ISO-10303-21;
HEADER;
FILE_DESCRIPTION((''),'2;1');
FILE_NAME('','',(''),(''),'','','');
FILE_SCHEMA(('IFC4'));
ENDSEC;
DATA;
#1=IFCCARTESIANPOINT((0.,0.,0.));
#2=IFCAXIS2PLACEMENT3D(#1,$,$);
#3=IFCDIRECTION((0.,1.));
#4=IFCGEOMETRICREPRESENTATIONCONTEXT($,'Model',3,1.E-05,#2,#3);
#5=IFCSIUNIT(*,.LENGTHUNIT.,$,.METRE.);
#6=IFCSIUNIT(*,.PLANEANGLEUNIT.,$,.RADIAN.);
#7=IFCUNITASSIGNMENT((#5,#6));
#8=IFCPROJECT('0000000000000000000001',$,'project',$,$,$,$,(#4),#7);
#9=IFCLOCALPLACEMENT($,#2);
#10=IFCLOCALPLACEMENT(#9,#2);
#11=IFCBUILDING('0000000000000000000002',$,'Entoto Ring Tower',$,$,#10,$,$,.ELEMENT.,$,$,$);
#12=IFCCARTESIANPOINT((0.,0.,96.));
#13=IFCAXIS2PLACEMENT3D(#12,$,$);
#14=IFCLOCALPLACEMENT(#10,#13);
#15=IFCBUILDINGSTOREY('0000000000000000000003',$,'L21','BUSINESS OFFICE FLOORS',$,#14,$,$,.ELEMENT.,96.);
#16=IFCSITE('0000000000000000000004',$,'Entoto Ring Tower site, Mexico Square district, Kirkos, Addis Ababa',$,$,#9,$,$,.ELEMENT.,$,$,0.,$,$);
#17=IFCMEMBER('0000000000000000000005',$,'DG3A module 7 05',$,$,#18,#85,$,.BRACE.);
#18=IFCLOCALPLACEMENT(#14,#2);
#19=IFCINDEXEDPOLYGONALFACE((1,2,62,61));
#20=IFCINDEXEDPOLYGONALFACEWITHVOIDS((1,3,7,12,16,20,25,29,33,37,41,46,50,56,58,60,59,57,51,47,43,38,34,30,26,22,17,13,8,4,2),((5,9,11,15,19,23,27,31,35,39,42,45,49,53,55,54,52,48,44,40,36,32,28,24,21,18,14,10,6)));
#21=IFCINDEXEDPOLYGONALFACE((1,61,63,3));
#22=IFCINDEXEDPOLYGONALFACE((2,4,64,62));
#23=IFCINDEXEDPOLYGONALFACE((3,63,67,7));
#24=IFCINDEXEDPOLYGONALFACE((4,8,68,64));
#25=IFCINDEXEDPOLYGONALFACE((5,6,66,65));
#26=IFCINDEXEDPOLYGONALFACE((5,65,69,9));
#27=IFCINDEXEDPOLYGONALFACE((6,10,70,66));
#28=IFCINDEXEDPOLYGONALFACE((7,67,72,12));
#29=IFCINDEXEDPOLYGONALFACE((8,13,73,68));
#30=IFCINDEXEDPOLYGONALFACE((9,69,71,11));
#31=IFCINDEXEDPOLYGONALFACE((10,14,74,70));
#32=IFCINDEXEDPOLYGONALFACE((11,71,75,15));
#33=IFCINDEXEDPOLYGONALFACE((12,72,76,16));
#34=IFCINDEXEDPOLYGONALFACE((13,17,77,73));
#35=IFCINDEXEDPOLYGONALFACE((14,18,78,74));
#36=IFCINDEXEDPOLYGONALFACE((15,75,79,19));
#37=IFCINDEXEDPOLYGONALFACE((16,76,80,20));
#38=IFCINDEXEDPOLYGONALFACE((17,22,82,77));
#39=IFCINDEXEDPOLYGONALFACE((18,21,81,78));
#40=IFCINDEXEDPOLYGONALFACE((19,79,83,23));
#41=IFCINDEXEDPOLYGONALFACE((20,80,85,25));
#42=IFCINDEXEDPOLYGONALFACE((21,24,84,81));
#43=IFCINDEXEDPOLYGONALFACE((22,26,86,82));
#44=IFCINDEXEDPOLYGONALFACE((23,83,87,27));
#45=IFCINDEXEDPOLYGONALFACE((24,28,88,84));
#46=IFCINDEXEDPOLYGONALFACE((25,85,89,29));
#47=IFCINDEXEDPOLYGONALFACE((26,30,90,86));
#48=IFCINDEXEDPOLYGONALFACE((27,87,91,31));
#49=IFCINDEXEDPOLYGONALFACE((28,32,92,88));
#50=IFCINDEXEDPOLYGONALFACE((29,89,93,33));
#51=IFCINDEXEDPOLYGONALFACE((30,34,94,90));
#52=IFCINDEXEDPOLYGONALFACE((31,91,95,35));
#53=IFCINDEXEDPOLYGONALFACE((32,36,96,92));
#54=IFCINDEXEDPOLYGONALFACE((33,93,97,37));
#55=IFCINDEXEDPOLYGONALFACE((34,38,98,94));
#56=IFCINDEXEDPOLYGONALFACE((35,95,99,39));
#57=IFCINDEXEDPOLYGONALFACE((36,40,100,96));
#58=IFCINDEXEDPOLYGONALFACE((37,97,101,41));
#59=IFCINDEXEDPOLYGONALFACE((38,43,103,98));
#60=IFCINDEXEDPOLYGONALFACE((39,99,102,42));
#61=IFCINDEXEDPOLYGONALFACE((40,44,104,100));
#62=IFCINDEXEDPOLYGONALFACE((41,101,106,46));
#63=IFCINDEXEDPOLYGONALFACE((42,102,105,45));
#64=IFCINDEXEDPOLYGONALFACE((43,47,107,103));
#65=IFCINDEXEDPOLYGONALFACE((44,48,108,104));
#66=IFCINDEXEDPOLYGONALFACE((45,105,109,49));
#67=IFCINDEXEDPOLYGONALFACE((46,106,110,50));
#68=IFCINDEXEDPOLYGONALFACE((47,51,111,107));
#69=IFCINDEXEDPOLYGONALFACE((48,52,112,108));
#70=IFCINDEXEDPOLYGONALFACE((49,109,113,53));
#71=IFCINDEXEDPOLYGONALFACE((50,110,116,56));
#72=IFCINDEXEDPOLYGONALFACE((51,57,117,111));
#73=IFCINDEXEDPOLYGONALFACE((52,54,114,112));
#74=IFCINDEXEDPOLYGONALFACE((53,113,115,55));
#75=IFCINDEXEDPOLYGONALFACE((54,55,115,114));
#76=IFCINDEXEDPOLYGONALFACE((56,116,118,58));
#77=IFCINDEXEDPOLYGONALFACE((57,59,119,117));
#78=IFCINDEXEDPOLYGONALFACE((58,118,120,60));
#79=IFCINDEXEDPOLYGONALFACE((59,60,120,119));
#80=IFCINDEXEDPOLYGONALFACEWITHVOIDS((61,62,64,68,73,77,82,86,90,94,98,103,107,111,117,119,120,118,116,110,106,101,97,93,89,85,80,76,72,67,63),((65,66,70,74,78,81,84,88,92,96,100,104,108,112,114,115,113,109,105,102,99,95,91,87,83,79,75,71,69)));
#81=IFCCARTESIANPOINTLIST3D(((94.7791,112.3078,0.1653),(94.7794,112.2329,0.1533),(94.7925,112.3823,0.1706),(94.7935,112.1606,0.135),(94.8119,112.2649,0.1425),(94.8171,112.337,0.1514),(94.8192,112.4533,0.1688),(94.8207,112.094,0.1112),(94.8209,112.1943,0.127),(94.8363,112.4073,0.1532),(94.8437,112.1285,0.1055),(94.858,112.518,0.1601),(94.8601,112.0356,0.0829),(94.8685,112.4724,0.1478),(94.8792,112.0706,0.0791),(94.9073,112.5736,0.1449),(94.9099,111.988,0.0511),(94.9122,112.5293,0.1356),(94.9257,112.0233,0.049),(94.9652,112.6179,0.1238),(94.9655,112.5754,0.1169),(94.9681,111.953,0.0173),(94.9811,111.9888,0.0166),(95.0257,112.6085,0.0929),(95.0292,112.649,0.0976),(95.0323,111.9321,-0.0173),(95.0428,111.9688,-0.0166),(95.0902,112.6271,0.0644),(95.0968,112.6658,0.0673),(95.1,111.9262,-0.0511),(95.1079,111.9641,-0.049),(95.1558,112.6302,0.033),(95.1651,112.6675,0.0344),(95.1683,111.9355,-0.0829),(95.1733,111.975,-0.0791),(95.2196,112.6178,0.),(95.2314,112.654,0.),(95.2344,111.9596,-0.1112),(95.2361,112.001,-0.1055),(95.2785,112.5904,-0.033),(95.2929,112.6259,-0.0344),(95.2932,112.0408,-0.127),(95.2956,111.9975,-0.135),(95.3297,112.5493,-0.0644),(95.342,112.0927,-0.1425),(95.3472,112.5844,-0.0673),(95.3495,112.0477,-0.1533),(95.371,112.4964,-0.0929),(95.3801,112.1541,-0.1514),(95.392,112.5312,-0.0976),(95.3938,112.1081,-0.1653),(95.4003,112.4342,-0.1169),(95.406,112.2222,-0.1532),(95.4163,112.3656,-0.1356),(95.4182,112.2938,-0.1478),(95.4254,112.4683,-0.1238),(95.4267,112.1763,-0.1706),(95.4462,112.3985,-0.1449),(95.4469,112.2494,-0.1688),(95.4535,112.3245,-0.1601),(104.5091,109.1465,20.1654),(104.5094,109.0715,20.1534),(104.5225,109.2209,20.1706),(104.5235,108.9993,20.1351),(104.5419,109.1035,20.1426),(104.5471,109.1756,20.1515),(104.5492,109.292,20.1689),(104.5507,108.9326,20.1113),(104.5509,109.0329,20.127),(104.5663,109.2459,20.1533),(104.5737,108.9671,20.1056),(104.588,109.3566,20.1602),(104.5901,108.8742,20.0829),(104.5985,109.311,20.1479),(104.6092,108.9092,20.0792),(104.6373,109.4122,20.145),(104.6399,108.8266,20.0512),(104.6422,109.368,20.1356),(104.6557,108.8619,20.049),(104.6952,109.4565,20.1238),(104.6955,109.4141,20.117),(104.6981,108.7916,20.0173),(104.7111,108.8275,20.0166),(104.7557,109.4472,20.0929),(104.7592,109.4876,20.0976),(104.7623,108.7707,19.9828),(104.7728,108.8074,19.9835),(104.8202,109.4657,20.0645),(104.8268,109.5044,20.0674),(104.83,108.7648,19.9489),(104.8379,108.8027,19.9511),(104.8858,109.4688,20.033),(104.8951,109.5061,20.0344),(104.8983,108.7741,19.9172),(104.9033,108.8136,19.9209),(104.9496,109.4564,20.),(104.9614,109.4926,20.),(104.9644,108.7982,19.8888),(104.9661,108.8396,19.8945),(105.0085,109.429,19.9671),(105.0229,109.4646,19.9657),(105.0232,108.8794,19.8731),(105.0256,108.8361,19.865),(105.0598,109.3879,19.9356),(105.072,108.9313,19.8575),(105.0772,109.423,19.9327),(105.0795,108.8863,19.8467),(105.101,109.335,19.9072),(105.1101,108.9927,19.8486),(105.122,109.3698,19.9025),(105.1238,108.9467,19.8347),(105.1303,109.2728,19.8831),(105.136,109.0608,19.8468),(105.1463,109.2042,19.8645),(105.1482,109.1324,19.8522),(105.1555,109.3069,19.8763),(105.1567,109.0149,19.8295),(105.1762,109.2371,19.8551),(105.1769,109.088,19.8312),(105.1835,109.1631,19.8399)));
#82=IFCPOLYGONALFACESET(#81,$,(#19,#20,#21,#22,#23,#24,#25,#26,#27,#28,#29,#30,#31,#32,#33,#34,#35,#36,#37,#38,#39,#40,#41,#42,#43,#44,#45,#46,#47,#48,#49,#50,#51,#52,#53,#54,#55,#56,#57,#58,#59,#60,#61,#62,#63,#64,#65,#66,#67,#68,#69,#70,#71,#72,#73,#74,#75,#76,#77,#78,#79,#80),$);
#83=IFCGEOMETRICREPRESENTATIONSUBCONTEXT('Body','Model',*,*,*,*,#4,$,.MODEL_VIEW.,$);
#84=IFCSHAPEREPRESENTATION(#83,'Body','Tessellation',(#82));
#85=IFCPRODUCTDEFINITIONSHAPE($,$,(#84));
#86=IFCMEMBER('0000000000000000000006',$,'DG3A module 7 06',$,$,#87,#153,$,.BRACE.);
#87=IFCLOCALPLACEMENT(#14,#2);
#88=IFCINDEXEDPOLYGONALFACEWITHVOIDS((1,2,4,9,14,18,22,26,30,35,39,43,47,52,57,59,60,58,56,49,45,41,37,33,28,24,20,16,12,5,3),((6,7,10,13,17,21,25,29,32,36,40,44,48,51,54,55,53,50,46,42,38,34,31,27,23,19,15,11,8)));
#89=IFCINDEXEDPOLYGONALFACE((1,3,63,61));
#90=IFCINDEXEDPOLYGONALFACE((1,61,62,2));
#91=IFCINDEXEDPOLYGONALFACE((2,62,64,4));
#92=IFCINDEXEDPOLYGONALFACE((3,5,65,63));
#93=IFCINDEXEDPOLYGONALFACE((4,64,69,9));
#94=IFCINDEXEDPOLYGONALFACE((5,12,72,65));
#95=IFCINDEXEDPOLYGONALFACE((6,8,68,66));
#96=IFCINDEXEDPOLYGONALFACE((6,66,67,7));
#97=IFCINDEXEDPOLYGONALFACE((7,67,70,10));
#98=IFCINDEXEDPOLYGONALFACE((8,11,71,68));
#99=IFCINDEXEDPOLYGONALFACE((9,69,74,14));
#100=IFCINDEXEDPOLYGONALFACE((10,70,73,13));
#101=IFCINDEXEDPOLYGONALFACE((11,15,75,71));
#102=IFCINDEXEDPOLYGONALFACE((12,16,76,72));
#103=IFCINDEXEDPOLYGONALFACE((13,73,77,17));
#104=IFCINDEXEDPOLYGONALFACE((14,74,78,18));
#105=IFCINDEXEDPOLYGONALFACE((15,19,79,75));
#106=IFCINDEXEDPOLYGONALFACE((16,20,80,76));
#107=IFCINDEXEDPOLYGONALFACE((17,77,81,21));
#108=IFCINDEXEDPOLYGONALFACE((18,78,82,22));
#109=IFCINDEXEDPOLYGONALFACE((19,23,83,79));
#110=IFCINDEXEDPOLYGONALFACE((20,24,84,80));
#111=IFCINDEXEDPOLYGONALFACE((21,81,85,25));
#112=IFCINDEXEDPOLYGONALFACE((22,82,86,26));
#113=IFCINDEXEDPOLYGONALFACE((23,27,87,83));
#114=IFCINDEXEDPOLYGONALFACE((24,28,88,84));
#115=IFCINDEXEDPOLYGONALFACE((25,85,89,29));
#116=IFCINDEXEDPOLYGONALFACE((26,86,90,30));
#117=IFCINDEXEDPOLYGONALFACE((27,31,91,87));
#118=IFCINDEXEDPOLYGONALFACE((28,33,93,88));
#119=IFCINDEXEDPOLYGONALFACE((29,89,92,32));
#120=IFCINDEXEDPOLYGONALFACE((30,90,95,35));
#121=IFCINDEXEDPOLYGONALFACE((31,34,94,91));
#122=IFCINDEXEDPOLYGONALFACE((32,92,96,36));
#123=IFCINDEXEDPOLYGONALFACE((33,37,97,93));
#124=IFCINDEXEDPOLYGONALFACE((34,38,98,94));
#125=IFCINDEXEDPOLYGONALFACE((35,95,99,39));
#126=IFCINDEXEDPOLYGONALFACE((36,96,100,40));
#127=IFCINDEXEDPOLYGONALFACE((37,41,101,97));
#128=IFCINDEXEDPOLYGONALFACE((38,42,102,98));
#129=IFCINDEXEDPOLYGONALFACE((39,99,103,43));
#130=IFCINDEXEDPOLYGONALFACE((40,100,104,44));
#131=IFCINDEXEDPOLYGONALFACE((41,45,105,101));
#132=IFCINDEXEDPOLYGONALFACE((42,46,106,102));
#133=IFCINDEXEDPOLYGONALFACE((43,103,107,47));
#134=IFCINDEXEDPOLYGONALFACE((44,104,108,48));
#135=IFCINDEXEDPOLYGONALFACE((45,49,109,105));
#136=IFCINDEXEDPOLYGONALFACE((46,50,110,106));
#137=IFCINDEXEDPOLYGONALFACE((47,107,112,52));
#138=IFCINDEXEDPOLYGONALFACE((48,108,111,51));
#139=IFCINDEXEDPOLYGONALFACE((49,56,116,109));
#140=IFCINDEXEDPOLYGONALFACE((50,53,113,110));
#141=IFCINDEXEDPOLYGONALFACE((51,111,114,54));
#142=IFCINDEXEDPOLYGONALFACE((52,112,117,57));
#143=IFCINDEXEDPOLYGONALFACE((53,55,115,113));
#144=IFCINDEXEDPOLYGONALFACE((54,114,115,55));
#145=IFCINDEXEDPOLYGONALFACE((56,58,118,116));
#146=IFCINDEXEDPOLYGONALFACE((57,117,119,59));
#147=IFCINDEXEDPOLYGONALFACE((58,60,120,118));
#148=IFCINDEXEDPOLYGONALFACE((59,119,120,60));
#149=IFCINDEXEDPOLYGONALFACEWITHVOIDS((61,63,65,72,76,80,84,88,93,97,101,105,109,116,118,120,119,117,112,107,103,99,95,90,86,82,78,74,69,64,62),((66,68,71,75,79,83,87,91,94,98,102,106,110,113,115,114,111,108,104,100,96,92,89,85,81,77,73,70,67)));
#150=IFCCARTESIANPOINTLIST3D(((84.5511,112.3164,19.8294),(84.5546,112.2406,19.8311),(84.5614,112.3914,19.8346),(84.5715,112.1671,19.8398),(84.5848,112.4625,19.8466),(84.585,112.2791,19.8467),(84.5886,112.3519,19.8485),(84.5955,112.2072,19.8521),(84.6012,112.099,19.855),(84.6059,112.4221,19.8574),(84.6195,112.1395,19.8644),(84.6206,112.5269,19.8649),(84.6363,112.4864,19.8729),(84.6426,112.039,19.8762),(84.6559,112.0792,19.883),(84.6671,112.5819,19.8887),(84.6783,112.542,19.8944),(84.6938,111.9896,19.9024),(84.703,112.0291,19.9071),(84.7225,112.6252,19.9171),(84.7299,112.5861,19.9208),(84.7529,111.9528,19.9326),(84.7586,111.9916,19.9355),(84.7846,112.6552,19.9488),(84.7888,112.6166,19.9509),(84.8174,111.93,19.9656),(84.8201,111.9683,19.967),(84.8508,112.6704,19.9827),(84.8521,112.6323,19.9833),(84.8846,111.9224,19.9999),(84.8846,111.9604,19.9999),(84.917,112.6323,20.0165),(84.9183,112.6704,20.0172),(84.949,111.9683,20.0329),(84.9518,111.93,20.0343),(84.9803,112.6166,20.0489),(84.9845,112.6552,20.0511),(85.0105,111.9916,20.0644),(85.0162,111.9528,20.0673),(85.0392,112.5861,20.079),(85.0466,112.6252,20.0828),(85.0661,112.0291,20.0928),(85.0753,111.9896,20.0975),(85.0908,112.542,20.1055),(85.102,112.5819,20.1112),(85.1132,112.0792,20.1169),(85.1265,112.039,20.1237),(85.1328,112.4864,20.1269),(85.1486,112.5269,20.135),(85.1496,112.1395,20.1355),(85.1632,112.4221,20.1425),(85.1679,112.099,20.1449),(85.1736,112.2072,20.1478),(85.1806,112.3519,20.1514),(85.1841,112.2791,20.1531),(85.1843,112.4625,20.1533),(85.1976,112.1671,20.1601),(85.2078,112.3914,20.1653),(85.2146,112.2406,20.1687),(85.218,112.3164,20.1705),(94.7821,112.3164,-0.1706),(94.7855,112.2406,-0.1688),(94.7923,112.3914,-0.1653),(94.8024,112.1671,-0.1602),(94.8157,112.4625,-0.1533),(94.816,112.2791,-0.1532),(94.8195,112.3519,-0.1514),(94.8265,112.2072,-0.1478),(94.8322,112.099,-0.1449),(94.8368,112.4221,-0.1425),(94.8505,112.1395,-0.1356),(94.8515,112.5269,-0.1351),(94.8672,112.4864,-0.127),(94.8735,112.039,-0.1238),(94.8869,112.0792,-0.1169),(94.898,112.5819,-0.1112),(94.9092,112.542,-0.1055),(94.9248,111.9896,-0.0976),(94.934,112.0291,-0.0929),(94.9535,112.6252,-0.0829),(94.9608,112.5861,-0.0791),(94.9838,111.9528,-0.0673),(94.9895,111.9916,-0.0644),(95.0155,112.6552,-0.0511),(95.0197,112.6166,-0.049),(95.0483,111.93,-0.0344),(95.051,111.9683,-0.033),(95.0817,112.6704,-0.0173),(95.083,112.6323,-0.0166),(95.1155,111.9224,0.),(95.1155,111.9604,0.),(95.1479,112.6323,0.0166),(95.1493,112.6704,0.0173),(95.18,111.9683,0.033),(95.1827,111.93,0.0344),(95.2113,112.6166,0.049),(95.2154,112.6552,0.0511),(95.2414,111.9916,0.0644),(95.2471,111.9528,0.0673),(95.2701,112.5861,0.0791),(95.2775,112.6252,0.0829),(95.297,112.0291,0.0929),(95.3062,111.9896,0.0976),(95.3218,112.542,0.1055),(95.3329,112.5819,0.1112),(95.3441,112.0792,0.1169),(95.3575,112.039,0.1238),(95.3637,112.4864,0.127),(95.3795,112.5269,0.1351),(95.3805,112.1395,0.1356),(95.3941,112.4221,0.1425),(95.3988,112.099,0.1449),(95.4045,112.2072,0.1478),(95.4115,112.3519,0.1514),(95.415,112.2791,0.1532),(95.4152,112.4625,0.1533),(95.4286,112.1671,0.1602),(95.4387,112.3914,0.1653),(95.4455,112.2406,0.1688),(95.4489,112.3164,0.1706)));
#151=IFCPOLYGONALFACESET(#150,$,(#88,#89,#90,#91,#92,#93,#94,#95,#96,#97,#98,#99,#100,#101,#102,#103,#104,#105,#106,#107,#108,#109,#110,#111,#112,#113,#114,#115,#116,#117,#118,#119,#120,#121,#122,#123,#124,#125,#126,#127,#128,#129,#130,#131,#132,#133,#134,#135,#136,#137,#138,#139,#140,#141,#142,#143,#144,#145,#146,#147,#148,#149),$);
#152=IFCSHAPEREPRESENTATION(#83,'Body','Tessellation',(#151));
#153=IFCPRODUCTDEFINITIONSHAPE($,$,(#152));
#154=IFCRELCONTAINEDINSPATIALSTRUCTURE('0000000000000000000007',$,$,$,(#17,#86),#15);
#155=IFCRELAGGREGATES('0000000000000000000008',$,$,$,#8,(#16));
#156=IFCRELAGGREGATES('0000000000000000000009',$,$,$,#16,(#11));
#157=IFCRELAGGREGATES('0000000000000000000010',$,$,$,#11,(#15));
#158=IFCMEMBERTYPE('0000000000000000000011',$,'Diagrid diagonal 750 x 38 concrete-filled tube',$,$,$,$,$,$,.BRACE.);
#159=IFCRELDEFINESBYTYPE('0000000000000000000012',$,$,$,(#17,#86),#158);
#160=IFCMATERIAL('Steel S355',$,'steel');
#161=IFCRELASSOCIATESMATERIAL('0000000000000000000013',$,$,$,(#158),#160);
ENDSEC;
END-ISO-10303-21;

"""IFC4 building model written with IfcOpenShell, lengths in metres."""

from ifc_helpers import new_model, si_unit, direction, frame, origin, origin_2d, place, context, subcontext, project, spatial, circle, hollow_circle, extrude, material, material_profile, profile_set, type_object, element, save


model = new_model("IFC4")

# Units and contexts
model_context = context("Model", 3, precision=1e-05, world=origin(), true_north=direction((0.0, 1.0)))
body_context = subcontext(model_context, "Body", "Model", "MODEL_VIEW")
ifc_project = project(units=[si_unit("LENGTHUNIT", "METRE"), si_unit("PLANEANGLEUNIT", "RADIAN")], contexts=[model_context])

# Site, building, storey
site_placement = place(None, origin())
site = spatial("IfcSite", under=ifc_project, at=site_placement, Name="Entoto Ring Tower site, Mexico Square district, Kirkos, Addis Ababa", CompositionType="ELEMENT", RefElevation=0.0)
building_placement = place(site_placement, origin())
building = spatial("IfcBuilding", under=site, at=building_placement, Name="Entoto Ring Tower", CompositionType="ELEMENT")
storey_placement = place(building_placement, frame((0.0, 0.0, 96.0)))
storey = spatial("IfcBuildingStorey", under=building, at=storey_placement, Name="L21", Description="BUSINESS OFFICE FLOORS", CompositionType="ELEMENT", Elevation=96.0)

# Members
ifc_material_1 = material(Name="Steel S355", Category="steel")
ifc_material_profile_1 = material_profile(ifc_material_1, hollow_circle(Radius=0.375, WallThickness=0.0381, at=origin_2d()), Name="CHS 750 x 38")
ifc_material_2 = material(Name="Concrete C60/75", Category="concrete")
ifc_material_profile_2 = material_profile(ifc_material_2, circle(Radius=0.3369, at=origin_2d()), Name="Concrete C60/75 infill")
ifc_profile_set_1 = profile_set([ifc_material_profile_1, ifc_material_profile_2], Name="Steel S355")
member_type_1 = type_object("IfcMemberType", Name="Diagrid diagonal 750 x 38 concrete-filled tube", PredefinedType="BRACE", material=ifc_profile_set_1)
for number, where, z_axis, x_axis, name in (
    (1, (95.1155, 112.2974, 0.0), (0.433121, -0.140726, 0.890282), (0.309009, 0.951059, 0.0), "DG3A module 7 05"),
    (2, (95.1155, 112.2974, 0.0), (-0.455419, 0.0, 0.890277), (0.0, -1.0, 0.0), "DG3A module 7 06"),
):
    element("IfcMember", number, at=place(storey_placement, frame(where, z_axis=z_axis, x_axis=x_axis)), inside=storey, type_object=member_type_1, Name=name, PredefinedType="BRACE", context=body_context, shape_type="SweptSolid", body=[
        extrude(hollow_circle(Radius=0.375, WallThickness=0.0381, at=origin_2d()), origin(), (0.0, 0.0, 1.0), 22.4648),
    ])

save(model, "model.ifc")
